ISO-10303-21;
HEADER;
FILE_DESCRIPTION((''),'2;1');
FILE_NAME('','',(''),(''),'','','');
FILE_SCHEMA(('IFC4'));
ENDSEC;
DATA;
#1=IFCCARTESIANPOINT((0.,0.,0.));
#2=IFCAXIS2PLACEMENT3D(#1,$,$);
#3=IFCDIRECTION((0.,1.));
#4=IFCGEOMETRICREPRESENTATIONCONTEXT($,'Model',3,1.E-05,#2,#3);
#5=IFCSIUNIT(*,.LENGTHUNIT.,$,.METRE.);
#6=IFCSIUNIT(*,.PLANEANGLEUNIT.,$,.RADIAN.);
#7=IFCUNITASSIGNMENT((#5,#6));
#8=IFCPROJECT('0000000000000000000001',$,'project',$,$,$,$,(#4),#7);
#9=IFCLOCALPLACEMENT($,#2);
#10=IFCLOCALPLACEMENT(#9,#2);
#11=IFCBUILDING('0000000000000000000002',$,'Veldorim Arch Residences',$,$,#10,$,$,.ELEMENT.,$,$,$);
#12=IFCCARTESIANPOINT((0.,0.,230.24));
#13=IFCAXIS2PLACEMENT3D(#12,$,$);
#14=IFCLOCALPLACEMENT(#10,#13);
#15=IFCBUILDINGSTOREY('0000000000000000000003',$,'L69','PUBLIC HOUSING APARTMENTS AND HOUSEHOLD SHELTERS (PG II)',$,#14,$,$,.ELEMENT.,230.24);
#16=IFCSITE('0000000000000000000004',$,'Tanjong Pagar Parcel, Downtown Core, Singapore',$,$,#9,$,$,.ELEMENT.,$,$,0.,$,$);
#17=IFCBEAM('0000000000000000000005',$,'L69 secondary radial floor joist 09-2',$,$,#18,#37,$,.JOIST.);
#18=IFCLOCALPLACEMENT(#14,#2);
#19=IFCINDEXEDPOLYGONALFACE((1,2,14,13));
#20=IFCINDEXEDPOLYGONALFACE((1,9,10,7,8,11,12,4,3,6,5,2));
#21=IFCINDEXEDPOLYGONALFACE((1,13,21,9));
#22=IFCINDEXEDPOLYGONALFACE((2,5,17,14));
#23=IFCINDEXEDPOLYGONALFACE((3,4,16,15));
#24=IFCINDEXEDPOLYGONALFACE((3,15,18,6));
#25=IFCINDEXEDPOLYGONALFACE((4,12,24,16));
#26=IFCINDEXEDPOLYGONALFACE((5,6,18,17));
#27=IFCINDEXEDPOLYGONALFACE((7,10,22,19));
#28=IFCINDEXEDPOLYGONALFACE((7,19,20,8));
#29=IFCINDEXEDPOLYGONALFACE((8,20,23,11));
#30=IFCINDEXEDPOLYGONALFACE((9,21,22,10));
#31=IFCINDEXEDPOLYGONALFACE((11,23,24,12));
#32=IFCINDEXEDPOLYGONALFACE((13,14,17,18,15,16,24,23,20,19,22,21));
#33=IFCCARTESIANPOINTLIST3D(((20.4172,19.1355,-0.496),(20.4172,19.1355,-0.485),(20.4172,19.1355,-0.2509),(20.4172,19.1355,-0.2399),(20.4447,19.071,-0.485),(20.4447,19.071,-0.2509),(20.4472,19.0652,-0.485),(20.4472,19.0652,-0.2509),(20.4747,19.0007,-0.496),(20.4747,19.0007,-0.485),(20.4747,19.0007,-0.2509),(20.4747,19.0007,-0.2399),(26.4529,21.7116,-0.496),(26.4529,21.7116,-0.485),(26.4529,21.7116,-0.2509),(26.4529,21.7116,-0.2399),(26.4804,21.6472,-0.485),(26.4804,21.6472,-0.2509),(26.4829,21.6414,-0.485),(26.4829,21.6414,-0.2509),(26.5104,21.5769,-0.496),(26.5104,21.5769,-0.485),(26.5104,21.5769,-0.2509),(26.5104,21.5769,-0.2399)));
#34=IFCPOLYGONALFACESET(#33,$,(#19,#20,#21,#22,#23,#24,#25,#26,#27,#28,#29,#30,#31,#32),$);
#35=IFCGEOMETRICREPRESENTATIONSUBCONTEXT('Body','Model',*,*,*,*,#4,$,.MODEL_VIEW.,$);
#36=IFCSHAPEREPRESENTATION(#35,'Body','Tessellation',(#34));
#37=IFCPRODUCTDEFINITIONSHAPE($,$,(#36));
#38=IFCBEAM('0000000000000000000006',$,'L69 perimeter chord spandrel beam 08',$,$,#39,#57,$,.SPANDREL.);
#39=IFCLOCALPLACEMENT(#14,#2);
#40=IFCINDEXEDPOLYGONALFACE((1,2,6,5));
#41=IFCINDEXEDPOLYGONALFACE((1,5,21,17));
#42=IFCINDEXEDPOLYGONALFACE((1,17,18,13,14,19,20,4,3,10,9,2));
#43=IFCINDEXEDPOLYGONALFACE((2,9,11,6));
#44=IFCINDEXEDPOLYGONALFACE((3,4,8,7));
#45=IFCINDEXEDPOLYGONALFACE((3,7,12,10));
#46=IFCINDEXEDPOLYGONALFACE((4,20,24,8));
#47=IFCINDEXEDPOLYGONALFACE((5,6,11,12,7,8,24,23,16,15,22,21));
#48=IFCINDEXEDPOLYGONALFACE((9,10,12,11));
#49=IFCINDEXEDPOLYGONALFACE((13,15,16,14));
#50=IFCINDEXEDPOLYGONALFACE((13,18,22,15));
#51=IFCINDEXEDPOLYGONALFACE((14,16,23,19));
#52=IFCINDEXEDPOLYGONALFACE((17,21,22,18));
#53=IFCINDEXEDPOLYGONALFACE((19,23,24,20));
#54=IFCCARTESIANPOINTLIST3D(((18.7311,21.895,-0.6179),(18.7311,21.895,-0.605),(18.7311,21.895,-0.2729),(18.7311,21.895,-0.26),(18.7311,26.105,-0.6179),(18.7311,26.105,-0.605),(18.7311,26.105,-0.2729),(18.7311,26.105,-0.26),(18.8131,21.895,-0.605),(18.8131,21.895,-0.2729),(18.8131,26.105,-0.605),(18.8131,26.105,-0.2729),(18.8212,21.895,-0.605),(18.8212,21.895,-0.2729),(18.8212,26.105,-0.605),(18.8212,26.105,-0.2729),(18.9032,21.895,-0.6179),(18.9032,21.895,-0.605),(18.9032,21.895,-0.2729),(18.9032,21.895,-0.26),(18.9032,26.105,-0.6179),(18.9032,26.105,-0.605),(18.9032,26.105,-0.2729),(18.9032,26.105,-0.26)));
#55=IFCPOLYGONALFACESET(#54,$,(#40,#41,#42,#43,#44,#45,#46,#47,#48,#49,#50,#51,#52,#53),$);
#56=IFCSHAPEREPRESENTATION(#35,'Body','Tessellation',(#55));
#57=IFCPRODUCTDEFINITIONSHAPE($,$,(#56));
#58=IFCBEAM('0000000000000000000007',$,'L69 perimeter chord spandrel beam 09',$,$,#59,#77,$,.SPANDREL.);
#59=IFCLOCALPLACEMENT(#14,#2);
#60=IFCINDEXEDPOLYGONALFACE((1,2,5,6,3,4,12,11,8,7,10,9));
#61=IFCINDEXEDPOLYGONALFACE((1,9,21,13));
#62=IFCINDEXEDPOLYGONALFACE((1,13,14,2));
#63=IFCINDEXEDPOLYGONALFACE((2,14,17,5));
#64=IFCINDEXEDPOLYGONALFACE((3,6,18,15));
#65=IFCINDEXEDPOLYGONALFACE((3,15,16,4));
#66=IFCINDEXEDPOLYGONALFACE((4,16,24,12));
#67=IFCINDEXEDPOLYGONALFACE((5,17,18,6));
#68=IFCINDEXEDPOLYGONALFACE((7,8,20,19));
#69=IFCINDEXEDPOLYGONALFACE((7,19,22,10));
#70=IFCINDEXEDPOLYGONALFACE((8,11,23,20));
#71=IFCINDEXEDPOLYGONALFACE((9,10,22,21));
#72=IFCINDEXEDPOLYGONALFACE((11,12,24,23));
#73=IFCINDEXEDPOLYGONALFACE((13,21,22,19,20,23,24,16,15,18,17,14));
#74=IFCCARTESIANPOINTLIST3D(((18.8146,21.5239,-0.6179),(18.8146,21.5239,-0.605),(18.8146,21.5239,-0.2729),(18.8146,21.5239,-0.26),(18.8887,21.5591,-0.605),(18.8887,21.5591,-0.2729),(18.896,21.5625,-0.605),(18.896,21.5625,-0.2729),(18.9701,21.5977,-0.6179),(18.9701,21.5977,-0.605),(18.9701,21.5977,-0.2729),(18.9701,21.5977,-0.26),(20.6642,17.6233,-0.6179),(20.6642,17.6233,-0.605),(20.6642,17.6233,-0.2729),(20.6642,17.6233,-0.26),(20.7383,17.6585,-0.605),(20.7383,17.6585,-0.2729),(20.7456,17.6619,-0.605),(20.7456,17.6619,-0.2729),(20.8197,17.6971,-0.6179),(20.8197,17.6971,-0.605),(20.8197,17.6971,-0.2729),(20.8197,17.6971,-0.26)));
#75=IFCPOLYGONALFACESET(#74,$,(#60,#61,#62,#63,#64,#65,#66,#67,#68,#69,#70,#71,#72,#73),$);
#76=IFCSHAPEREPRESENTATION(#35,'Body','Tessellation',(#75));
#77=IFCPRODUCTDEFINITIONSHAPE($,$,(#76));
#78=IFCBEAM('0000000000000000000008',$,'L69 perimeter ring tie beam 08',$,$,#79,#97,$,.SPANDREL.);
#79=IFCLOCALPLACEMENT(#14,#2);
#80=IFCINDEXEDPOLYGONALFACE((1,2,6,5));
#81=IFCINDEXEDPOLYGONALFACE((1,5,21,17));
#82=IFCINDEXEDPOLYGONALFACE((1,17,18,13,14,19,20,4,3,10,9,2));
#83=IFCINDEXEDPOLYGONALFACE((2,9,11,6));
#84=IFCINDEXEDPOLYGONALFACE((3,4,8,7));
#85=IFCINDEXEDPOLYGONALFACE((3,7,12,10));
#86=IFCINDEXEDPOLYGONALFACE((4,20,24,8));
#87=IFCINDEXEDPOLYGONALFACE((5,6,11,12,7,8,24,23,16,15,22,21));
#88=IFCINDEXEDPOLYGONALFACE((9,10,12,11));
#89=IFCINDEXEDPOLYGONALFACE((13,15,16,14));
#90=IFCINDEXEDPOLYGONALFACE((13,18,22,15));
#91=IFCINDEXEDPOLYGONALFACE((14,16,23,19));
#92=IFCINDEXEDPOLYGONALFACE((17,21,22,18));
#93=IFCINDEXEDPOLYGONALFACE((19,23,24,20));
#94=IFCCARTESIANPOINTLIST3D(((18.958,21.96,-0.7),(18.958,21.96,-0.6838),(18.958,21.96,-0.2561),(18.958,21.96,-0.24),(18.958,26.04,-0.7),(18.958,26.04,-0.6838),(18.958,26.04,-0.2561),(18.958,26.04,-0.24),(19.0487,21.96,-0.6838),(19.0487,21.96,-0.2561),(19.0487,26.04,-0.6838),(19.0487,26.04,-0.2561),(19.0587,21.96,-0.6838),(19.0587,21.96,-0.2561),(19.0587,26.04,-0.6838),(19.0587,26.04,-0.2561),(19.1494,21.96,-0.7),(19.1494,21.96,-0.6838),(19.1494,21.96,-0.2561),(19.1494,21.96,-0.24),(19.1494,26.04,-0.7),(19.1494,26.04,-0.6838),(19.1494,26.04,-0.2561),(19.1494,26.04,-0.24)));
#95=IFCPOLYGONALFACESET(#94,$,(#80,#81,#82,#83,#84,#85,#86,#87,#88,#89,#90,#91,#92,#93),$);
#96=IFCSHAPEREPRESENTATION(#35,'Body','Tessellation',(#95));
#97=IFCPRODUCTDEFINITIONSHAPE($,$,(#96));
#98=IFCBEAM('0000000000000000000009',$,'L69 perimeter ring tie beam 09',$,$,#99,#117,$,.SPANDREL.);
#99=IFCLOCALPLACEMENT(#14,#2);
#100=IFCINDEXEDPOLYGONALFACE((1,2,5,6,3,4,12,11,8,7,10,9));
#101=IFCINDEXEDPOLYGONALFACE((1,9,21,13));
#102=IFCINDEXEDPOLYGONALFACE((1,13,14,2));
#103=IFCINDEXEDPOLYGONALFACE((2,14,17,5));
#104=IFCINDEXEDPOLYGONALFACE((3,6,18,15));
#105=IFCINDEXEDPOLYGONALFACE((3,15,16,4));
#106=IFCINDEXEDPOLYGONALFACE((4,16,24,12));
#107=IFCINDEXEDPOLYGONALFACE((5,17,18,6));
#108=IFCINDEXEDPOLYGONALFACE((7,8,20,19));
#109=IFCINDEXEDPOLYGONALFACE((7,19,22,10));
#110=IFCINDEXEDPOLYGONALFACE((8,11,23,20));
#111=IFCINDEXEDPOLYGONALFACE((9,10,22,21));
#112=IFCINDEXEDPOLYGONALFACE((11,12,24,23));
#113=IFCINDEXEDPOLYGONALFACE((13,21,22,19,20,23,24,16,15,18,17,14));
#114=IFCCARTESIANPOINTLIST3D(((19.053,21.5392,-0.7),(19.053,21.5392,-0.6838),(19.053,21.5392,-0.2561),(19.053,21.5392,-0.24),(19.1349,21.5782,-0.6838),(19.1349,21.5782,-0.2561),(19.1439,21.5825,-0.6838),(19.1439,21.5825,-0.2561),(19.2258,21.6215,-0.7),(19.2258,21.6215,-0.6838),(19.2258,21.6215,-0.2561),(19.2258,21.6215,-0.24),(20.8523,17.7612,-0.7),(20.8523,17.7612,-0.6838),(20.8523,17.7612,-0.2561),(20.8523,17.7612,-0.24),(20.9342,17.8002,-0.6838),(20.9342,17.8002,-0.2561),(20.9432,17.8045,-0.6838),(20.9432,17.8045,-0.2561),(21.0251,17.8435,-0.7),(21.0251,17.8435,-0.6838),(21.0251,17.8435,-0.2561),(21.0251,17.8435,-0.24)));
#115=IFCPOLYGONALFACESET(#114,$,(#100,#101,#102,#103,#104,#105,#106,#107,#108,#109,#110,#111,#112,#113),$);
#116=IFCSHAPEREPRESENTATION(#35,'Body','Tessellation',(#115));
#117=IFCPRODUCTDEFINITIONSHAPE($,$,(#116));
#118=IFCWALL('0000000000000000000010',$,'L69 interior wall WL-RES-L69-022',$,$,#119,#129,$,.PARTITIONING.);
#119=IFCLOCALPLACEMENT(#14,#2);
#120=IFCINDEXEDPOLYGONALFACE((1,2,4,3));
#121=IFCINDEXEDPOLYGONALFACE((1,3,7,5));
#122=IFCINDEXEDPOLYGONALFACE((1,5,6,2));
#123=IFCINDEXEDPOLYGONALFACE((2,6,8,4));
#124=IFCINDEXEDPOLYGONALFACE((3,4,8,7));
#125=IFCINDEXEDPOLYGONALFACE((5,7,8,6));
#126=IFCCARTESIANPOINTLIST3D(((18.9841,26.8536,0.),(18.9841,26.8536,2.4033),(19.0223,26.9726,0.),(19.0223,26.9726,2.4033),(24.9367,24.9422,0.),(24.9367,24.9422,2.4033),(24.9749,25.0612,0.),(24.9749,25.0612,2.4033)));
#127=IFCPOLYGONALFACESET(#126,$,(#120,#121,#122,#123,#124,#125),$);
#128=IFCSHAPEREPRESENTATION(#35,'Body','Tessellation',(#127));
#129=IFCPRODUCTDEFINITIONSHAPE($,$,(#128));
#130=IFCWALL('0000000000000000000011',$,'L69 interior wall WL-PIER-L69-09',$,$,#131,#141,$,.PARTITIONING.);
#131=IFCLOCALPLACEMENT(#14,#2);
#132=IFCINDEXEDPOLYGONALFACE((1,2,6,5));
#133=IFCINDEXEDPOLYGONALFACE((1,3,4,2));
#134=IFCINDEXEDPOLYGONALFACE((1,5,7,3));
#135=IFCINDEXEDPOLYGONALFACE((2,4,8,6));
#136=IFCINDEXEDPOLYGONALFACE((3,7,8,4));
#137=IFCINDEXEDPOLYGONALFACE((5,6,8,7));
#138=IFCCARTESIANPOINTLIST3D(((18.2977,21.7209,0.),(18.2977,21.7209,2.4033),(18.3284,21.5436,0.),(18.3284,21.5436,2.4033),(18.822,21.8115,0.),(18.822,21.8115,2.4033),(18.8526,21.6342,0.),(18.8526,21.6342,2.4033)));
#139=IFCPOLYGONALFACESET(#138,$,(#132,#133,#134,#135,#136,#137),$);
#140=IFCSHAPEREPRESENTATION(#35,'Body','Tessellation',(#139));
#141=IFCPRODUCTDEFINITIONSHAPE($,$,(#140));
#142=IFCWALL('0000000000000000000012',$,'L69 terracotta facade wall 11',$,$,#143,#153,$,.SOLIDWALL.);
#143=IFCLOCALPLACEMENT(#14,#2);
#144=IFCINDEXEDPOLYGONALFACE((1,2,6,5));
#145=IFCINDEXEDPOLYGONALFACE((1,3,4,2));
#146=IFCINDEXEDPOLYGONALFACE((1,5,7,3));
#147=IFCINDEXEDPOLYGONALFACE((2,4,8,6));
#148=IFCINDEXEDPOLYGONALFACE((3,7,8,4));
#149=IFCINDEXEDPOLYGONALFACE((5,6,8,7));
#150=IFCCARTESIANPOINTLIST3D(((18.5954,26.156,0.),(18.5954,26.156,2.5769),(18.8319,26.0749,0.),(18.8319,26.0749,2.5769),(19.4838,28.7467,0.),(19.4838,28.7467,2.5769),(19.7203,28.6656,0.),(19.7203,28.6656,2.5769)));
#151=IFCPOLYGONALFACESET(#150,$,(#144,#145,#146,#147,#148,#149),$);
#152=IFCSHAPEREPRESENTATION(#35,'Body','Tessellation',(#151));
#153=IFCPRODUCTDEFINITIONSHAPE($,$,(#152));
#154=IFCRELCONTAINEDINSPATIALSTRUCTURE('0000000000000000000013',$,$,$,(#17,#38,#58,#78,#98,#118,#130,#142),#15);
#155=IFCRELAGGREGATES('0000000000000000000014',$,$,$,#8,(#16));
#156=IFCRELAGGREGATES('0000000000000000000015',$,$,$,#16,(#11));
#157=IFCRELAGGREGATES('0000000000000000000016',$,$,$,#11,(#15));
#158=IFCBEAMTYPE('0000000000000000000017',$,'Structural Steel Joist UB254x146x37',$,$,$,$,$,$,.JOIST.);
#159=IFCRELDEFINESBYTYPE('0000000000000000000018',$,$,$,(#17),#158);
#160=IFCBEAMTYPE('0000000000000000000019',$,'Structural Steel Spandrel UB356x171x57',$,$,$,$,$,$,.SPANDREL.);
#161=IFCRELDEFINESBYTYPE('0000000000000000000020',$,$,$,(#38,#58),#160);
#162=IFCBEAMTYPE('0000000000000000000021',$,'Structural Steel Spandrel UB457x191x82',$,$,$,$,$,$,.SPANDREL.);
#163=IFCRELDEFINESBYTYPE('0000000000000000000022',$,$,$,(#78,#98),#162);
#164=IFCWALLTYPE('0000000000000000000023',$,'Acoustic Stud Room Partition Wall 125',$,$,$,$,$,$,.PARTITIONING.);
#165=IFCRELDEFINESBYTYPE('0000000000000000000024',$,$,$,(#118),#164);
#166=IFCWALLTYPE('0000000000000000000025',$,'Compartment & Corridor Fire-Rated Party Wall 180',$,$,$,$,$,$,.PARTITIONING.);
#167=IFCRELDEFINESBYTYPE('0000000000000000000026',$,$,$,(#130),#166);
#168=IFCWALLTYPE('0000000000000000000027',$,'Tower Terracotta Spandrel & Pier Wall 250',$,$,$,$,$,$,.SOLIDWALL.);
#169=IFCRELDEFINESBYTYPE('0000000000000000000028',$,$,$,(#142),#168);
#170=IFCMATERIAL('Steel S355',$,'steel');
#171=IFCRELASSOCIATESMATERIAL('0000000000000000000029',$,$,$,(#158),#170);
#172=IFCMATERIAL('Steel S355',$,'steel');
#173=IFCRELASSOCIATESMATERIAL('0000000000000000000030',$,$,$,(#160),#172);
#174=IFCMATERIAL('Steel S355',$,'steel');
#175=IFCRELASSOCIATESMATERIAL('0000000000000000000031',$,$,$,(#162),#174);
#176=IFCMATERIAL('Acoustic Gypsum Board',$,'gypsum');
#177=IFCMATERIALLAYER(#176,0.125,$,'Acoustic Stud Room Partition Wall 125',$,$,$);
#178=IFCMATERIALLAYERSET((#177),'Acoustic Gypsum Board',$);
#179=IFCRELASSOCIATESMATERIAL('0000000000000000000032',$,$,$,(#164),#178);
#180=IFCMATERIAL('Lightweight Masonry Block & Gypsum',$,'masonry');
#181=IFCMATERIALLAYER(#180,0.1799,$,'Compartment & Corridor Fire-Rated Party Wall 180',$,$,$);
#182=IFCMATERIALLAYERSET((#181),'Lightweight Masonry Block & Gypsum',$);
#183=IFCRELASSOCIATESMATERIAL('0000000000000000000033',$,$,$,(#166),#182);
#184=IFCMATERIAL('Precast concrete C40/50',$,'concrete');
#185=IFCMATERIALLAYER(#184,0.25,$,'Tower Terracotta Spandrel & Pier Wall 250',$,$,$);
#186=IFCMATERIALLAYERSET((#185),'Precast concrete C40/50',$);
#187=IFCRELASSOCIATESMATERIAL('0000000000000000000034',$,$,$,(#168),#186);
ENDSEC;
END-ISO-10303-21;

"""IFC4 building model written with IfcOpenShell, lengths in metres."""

from ifc_helpers import new_model, si_unit, direction, frame, frame_2d, origin, origin_2d, place, context, subcontext, project, spatial, rectangle, i_section, extrude, material, layer, layer_set, material_profile, profile_set, type_object, element, save


model = new_model("IFC4")

# Units and contexts
model_context = context("Model", 3, precision=1e-05, world=origin(), true_north=direction((0.0, 1.0)))
body_context = subcontext(model_context, "Body", "Model", "MODEL_VIEW")
ifc_project = project(units=[si_unit("LENGTHUNIT", "METRE"), si_unit("PLANEANGLEUNIT", "RADIAN")], contexts=[model_context])

# Site, building, storey
site_placement = place(None, origin())
site = spatial("IfcSite", under=ifc_project, at=site_placement, Name="Tanjong Pagar Parcel, Downtown Core, Singapore", CompositionType="ELEMENT", RefElevation=0.0)
building_placement = place(site_placement, origin())
building = spatial("IfcBuilding", under=site, at=building_placement, Name="Veldorim Arch Residences", CompositionType="ELEMENT")
storey_placement = place(building_placement, frame((0.0, 0.0, 230.24)))
storey = spatial("IfcBuildingStorey", under=building, at=storey_placement, Name="L69", Description="PUBLIC HOUSING APARTMENTS AND HOUSEHOLD SHELTERS (PG II)", CompositionType="ELEMENT", Elevation=230.24)

# Beams
ifc_material_1 = material(Name="Steel S355", Category="steel")
ifc_material_profile_1 = material_profile(ifc_material_1, i_section(OverallWidth=0.1465, OverallDepth=0.2561, WebThickness=0.0063, FlangeThickness=0.011, at=origin_2d()), Name="UB254x146x37")
ifc_profile_set_1 = profile_set([ifc_material_profile_1], Name="Steel S355")
beam_type_1 = type_object("IfcBeamType", Name="Structural Steel Joist UB254x146x37", PredefinedType="JOIST", material=ifc_profile_set_1)
beam_1_placement = place(storey_placement, frame((26.4817, 21.6443, -0.3679), z_axis=(-0.919725, -0.392563, 0.0), x_axis=(0.392563, -0.919725, 0.0)))
element("IfcBeam", 1, at=beam_1_placement, inside=storey, type_object=beam_type_1, Name="L69 secondary radial floor joist 09-2", PredefinedType="JOIST", context=body_context, shape_type="SweptSolid", body=[
    extrude(i_section(OverallWidth=0.1465, OverallDepth=0.2561, WebThickness=0.0063, FlangeThickness=0.011, at=origin_2d()), origin(), (0.0, 0.0, 1.0), 6.5625),
])
ifc_material_2 = material(Name="Steel S355", Category="steel")
ifc_material_profile_2 = material_profile(ifc_material_2, i_section(OverallWidth=0.1721, OverallDepth=0.3579, WebThickness=0.0081, FlangeThickness=0.0129, at=origin_2d()), Name="UB356x171x57")
ifc_profile_set_2 = profile_set([ifc_material_profile_2], Name="Steel S355")
beam_type_2 = type_object("IfcBeamType", Name="Structural Steel Spandrel UB356x171x57", PredefinedType="SPANDREL", material=ifc_profile_set_2)
beam_2_placement = place(storey_placement, frame((18.8171, 26.105, -0.439), z_axis=(0.0, -1.0, 0.0), x_axis=(1.0, 0.0, 0.0)))
element("IfcBeam", 2, at=beam_2_placement, inside=storey, type_object=beam_type_2, Name="L69 perimeter chord spandrel beam 08", PredefinedType="SPANDREL", context=body_context, shape_type="SweptSolid", body=[
    extrude(i_section(OverallWidth=0.1721, OverallDepth=0.3579, WebThickness=0.0081, FlangeThickness=0.0129, at=origin_2d()), origin(), (0.0, 0.0, 1.0), 4.21),
])
beam_3_placement = place(storey_placement, frame((18.8923, 21.5608, -0.439), z_axis=(0.428453, -0.903564, 0.0), x_axis=(0.903564, 0.428453, 0.0)))
element("IfcBeam", 3, at=beam_3_placement, inside=storey, type_object=beam_type_2, Name="L69 perimeter chord spandrel beam 09", PredefinedType="SPANDREL", context=body_context, shape_type="SweptSolid", body=[
    extrude(i_section(OverallWidth=0.1721, OverallDepth=0.3579, WebThickness=0.0081, FlangeThickness=0.0129, at=origin_2d()), origin(), (0.0, 0.0, 1.0), 4.3169),
])
ifc_material_3 = material(Name="Steel S355", Category="steel")
ifc_material_profile_3 = material_profile(ifc_material_3, i_section(OverallWidth=0.1914, OverallDepth=0.46, WebThickness=0.01, FlangeThickness=0.0161, at=origin_2d()), Name="UB457x191x82")
ifc_profile_set_3 = profile_set([ifc_material_profile_3], Name="Steel S355")
beam_type_3 = type_object("IfcBeamType", Name="Structural Steel Spandrel UB457x191x82", PredefinedType="SPANDREL", material=ifc_profile_set_3)
beam_4_placement = place(storey_placement, frame((19.0537, 26.04, -0.47), z_axis=(0.0, -1.0, 0.0), x_axis=(1.0, 0.0, 0.0)))
element("IfcBeam", 4, at=beam_4_placement, inside=storey, type_object=beam_type_3, Name="L69 perimeter ring tie beam 08", PredefinedType="SPANDREL", context=body_context, shape_type="SweptSolid", body=[
    extrude(i_section(OverallWidth=0.1914, OverallDepth=0.46, WebThickness=0.01, FlangeThickness=0.0161, at=origin_2d()), origin(), (0.0, 0.0, 1.0), 4.0801),
])
beam_5_placement = place(storey_placement, frame((19.1394, 21.5803, -0.47), z_axis=(0.429979, -0.902839, 0.0), x_axis=(0.902839, 0.429979, 0.0)))
element("IfcBeam", 5, at=beam_5_placement, inside=storey, type_object=beam_type_3, Name="L69 perimeter ring tie beam 09", PredefinedType="SPANDREL", context=body_context, shape_type="SweptSolid", body=[
    extrude(i_section(OverallWidth=0.1914, OverallDepth=0.46, WebThickness=0.01, FlangeThickness=0.0161, at=origin_2d()), origin(), (0.0, 0.0, 1.0), 4.1846),
])

# Walls
ifc_material_4 = material(Name="Acoustic Gypsum Board", Category="gypsum")
ifc_layer_1 = layer(ifc_material_4, 0.125, Name="Acoustic Stud Room Partition Wall 125")
ifc_layer_set_1 = layer_set([ifc_layer_1], Name="Acoustic Gypsum Board")
wall_type_1 = type_object("IfcWallType", Name="Acoustic Stud Room Partition Wall 125", PredefinedType="PARTITIONING", material=ifc_layer_set_1)
wall_1_placement = place(storey_placement, frame((19.0032, 26.9131, 0.0), z_axis=(0.0, 0.0, 1.0), x_axis=(0.95212, -0.305723, 0.0)))
element("IfcWall", 6, at=wall_1_placement, inside=storey, type_object=wall_type_1, Name="L69 interior wall WL-RES-L69-022", PredefinedType="PARTITIONING", context=body_context, shape_type="SweptSolid", body=[
    extrude(rectangle(XDim=6.252, YDim=0.125, at=frame_2d((3.126, 0.0))), origin(), (0.0, 0.0, 1.0), 2.4033),
])
ifc_material_5 = material(Name="Lightweight Masonry Block & Gypsum", Category="masonry")
ifc_layer_2 = layer(ifc_material_5, 0.1799, Name="Compartment & Corridor Fire-Rated Party Wall 180")
ifc_layer_set_2 = layer_set([ifc_layer_2], Name="Lightweight Masonry Block & Gypsum")
wall_type_2 = type_object("IfcWallType", Name="Compartment & Corridor Fire-Rated Party Wall 180", PredefinedType="PARTITIONING", material=ifc_layer_set_2)
wall_2_placement = place(storey_placement, frame((18.8374, 21.7229, 0.0), z_axis=(0.0, 0.0, 1.0), x_axis=(-0.985396, -0.170276, 0.0)))
element("IfcWall", 7, at=wall_2_placement, inside=storey, type_object=wall_type_2, Name="L69 interior wall WL-PIER-L69-09", PredefinedType="PARTITIONING", context=body_context, shape_type="SweptSolid", body=[
    extrude(rectangle(XDim=0.532, YDim=0.1799, at=frame_2d((0.2661, 0.0))), origin(), (0.0, 0.0, 1.0), 2.4033),
])
ifc_material_6 = material(Name="Precast concrete C40/50", Category="concrete")
ifc_layer_3 = layer(ifc_material_6, 0.25, Name="Tower Terracotta Spandrel & Pier Wall 250")
ifc_layer_set_3 = layer_set([ifc_layer_3], Name="Precast concrete C40/50")
wall_type_3 = type_object("IfcWallType", Name="Tower Terracotta Spandrel & Pier Wall 250", PredefinedType="SOLIDWALL", material=ifc_layer_set_3)
wall_3_placement = place(storey_placement, frame((18.7136, 26.1155, 0.0), z_axis=(0.0, 0.0, 1.0), x_axis=(0.3244, 0.94592, 0.0)))
element("IfcWall", 8, at=wall_3_placement, inside=storey, type_object=wall_type_3, Name="L69 terracotta facade wall 11", PredefinedType="SOLIDWALL", context=body_context, shape_type="SweptSolid", body=[
    extrude(rectangle(XDim=2.7388, YDim=0.25, at=frame_2d((1.3694, 0.0))), origin(), (0.0, 0.0, 1.0), 2.5769),
])

save(model, "model.ifc")
